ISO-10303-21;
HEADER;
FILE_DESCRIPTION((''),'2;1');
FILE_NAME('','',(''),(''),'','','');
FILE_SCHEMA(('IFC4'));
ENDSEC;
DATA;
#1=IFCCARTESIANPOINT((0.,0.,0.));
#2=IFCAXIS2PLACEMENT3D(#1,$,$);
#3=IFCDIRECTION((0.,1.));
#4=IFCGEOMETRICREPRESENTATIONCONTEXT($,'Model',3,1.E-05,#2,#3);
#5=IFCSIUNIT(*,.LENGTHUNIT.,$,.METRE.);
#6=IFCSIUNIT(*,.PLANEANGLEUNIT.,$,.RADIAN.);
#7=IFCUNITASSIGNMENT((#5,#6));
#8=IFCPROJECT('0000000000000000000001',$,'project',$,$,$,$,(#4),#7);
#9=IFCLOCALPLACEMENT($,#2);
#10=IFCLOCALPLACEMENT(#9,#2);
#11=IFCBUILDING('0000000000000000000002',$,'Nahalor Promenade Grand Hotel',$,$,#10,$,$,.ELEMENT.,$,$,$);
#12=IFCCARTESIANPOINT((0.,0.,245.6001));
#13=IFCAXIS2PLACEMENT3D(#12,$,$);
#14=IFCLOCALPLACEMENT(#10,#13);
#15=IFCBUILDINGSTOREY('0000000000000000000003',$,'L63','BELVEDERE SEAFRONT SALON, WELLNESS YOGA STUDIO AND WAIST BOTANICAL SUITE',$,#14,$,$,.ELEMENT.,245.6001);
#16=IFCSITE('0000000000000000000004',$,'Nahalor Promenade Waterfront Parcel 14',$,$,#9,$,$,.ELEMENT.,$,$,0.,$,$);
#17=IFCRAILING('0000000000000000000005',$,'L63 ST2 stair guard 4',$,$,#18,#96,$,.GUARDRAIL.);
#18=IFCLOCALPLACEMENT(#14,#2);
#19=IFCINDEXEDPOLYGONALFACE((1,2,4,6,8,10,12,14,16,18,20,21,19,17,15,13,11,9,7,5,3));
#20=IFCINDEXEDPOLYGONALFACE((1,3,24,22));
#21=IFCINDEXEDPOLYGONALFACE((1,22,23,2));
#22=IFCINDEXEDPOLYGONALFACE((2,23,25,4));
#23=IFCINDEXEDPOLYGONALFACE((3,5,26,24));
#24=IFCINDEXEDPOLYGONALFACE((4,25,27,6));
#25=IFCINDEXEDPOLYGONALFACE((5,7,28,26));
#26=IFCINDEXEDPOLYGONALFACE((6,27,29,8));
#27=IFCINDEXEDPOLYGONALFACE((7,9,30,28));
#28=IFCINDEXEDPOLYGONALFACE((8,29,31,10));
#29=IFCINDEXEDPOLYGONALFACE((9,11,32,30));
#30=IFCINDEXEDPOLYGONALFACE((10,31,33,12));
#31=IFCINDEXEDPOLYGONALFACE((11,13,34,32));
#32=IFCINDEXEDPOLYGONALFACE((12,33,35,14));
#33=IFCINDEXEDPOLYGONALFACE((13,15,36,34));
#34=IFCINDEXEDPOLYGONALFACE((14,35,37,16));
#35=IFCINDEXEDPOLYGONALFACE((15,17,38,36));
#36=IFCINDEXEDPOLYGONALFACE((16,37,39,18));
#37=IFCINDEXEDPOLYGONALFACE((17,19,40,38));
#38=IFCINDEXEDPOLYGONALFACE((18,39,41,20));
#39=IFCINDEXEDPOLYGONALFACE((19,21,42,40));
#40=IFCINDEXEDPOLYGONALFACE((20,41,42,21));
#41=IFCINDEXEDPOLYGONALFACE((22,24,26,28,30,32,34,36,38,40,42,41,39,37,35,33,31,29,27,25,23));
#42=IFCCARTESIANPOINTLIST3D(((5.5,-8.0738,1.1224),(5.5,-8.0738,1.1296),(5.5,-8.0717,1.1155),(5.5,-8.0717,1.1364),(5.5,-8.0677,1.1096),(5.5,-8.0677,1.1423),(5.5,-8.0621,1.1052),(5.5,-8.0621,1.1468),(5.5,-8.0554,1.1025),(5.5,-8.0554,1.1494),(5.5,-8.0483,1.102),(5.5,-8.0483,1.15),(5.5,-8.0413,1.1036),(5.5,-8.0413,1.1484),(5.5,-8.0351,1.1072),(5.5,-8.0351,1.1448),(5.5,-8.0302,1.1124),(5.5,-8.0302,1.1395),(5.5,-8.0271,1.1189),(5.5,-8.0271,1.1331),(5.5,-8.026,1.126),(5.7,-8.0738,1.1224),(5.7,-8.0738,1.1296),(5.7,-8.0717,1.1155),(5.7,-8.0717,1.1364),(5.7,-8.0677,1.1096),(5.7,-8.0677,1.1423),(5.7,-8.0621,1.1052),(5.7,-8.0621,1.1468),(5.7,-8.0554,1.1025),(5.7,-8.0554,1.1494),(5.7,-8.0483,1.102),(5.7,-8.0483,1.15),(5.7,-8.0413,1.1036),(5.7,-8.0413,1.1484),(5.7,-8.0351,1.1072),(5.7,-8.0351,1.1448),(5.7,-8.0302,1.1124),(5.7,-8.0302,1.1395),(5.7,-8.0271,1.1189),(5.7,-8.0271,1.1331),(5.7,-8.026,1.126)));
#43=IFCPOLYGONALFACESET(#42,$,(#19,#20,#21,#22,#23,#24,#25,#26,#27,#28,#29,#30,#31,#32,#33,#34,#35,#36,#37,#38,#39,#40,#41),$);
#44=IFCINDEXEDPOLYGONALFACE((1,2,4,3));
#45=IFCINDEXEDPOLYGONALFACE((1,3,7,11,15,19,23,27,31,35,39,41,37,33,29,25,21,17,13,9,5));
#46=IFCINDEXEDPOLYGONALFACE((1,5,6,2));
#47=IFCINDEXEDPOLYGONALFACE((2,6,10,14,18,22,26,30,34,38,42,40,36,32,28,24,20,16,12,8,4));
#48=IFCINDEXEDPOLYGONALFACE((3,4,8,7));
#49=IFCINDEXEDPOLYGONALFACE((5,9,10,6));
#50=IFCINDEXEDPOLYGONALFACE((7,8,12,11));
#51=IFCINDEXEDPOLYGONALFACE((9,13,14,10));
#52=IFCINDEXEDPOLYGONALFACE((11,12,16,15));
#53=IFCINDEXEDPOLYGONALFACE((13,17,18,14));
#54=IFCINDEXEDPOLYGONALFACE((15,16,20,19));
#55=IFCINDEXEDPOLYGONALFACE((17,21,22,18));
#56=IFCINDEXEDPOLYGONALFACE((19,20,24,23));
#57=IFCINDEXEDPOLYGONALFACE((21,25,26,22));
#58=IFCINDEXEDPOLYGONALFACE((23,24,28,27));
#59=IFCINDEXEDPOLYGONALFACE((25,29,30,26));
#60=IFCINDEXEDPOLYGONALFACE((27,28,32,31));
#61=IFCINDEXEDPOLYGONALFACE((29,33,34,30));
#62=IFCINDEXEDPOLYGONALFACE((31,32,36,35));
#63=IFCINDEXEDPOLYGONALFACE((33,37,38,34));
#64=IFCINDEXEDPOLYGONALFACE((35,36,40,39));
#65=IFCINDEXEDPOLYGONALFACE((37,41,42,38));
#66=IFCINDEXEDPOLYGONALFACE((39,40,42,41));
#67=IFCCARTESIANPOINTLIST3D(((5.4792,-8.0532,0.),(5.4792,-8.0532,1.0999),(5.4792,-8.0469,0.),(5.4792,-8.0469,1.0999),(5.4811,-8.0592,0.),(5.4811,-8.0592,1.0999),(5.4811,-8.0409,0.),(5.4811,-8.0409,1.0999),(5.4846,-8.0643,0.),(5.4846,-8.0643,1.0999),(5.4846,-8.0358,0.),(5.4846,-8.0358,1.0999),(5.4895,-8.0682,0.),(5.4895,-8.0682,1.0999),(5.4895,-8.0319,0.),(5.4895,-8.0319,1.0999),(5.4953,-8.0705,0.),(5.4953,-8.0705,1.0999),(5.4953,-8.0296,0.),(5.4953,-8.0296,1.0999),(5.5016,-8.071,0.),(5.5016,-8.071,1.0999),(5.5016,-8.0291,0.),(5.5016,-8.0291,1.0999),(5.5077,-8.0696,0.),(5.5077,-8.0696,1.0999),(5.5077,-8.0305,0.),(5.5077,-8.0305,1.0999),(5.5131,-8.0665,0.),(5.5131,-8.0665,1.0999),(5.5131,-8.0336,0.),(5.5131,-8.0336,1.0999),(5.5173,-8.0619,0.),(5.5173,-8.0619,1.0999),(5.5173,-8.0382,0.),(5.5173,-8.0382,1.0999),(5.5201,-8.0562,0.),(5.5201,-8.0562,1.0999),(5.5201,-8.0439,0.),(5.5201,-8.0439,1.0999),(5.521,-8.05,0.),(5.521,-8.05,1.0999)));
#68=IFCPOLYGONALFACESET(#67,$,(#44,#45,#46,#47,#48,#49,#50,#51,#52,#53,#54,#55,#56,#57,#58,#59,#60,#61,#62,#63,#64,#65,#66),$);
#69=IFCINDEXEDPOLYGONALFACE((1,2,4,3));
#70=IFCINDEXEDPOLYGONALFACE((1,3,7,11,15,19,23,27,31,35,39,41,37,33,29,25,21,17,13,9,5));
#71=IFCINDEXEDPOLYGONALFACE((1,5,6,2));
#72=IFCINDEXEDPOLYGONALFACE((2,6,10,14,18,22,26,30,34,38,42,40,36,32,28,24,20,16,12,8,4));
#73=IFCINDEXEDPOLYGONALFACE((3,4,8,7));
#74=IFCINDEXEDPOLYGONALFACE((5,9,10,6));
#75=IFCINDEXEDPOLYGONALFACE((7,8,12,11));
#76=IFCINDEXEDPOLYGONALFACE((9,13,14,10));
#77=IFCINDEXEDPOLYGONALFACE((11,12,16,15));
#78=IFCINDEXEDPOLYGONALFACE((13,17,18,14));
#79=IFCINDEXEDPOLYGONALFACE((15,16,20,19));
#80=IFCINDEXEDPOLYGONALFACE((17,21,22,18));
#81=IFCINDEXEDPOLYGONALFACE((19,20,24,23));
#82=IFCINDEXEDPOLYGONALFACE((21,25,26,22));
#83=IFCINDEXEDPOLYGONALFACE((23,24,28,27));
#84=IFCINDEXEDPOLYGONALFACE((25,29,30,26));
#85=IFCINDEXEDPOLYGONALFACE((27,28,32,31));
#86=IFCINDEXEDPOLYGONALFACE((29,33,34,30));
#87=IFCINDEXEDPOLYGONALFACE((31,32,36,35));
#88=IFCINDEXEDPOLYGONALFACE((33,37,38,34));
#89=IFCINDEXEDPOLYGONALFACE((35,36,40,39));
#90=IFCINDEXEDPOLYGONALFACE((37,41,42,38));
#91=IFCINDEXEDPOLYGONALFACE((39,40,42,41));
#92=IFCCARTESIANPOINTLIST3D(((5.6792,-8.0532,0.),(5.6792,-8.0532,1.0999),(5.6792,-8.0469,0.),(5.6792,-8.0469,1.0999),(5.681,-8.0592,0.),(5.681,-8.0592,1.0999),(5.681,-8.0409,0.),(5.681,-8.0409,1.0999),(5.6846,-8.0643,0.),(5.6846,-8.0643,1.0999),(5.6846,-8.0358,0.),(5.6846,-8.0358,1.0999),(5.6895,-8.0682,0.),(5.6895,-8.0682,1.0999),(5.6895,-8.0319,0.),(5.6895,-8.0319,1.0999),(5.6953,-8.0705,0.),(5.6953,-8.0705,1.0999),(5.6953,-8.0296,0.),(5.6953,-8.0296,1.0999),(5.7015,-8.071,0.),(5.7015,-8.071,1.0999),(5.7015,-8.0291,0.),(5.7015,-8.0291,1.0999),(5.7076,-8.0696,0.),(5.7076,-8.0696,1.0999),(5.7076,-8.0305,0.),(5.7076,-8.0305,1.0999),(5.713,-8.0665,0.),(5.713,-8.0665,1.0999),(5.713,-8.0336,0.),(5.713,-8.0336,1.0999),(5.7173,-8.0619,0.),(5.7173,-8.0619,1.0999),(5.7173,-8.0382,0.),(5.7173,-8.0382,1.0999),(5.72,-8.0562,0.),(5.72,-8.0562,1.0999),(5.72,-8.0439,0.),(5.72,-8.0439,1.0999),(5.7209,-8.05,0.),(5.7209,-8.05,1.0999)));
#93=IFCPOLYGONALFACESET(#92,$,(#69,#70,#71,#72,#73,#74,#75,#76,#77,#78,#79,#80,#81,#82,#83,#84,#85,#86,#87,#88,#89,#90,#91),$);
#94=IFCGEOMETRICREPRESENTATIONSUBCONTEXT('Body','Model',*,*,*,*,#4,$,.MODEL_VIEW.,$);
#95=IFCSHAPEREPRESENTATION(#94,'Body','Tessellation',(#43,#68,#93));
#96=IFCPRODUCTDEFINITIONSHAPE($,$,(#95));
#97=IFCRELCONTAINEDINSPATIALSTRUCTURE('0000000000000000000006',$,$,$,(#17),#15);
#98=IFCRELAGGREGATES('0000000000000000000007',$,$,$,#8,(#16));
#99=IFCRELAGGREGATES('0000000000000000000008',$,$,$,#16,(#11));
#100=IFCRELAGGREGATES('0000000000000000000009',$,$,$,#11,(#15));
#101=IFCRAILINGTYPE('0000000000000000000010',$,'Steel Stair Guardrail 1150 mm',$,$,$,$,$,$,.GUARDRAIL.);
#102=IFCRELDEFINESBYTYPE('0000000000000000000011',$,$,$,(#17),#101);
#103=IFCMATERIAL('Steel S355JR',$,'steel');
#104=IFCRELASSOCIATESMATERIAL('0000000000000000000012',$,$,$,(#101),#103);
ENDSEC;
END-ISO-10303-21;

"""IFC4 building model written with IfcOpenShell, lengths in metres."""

from ifc_helpers import new_model, si_unit, direction, frame, origin, origin_2d, place, context, subcontext, project, spatial, circle, extrude, material, type_object, element, save


model = new_model("IFC4")

# Units and contexts
model_context = context("Model", 3, precision=1e-05, world=origin(), true_north=direction((0.0, 1.0)))
body_context = subcontext(model_context, "Body", "Model", "MODEL_VIEW")
ifc_project = project(units=[si_unit("LENGTHUNIT", "METRE"), si_unit("PLANEANGLEUNIT", "RADIAN")], contexts=[model_context])

# Site, building, storey
site_placement = place(None, origin())
site = spatial("IfcSite", under=ifc_project, at=site_placement, Name="Nahalor Promenade Waterfront Parcel 14", CompositionType="ELEMENT", RefElevation=0.0)
building_placement = place(site_placement, origin())
building = spatial("IfcBuilding", under=site, at=building_placement, Name="Nahalor Promenade Grand Hotel", CompositionType="ELEMENT")
storey_placement = place(building_placement, frame((0.0, 0.0, 245.6001)))
storey = spatial("IfcBuildingStorey", under=building, at=storey_placement, Name="L63", Description="BELVEDERE SEAFRONT SALON, WELLNESS YOGA STUDIO AND WAIST BOTANICAL SUITE", CompositionType="ELEMENT", Elevation=245.6001)

# Shared definitions
ifc_material_1 = material(Name="Steel S355JR", Category="steel")

# Railing
railing_type_1 = type_object("IfcRailingType", Name="Steel Stair Guardrail 1150 mm", PredefinedType="GUARDRAIL", material=ifc_material_1)
railing_1_placement = place(storey_placement, frame((5.5, -8.05, 0.0)))
element("IfcRailing", 1, at=railing_1_placement, inside=storey, type_object=railing_type_1, Name="L63 ST2 stair guard 4", PredefinedType="GUARDRAIL", context=body_context, shape_type="SweptSolid", body=[
    extrude(circle(Radius=0.024, at=origin_2d()), frame((0.0, 0.0, 1.126), z_axis=(1.0, 0.0, 0.0), x_axis=(0.0, 1.0, 0.0)), (0.0, 0.0, 1.0), 0.2),
    extrude(circle(Radius=0.021, at=origin_2d()), origin(), (0.0, 0.0, 1.0), 1.0999),
    extrude(circle(Radius=0.021, at=origin_2d()), frame((0.2, 0.0, 0.0)), (0.0, 0.0, 1.0), 1.0999),
])

save(model, "model.ifc")
